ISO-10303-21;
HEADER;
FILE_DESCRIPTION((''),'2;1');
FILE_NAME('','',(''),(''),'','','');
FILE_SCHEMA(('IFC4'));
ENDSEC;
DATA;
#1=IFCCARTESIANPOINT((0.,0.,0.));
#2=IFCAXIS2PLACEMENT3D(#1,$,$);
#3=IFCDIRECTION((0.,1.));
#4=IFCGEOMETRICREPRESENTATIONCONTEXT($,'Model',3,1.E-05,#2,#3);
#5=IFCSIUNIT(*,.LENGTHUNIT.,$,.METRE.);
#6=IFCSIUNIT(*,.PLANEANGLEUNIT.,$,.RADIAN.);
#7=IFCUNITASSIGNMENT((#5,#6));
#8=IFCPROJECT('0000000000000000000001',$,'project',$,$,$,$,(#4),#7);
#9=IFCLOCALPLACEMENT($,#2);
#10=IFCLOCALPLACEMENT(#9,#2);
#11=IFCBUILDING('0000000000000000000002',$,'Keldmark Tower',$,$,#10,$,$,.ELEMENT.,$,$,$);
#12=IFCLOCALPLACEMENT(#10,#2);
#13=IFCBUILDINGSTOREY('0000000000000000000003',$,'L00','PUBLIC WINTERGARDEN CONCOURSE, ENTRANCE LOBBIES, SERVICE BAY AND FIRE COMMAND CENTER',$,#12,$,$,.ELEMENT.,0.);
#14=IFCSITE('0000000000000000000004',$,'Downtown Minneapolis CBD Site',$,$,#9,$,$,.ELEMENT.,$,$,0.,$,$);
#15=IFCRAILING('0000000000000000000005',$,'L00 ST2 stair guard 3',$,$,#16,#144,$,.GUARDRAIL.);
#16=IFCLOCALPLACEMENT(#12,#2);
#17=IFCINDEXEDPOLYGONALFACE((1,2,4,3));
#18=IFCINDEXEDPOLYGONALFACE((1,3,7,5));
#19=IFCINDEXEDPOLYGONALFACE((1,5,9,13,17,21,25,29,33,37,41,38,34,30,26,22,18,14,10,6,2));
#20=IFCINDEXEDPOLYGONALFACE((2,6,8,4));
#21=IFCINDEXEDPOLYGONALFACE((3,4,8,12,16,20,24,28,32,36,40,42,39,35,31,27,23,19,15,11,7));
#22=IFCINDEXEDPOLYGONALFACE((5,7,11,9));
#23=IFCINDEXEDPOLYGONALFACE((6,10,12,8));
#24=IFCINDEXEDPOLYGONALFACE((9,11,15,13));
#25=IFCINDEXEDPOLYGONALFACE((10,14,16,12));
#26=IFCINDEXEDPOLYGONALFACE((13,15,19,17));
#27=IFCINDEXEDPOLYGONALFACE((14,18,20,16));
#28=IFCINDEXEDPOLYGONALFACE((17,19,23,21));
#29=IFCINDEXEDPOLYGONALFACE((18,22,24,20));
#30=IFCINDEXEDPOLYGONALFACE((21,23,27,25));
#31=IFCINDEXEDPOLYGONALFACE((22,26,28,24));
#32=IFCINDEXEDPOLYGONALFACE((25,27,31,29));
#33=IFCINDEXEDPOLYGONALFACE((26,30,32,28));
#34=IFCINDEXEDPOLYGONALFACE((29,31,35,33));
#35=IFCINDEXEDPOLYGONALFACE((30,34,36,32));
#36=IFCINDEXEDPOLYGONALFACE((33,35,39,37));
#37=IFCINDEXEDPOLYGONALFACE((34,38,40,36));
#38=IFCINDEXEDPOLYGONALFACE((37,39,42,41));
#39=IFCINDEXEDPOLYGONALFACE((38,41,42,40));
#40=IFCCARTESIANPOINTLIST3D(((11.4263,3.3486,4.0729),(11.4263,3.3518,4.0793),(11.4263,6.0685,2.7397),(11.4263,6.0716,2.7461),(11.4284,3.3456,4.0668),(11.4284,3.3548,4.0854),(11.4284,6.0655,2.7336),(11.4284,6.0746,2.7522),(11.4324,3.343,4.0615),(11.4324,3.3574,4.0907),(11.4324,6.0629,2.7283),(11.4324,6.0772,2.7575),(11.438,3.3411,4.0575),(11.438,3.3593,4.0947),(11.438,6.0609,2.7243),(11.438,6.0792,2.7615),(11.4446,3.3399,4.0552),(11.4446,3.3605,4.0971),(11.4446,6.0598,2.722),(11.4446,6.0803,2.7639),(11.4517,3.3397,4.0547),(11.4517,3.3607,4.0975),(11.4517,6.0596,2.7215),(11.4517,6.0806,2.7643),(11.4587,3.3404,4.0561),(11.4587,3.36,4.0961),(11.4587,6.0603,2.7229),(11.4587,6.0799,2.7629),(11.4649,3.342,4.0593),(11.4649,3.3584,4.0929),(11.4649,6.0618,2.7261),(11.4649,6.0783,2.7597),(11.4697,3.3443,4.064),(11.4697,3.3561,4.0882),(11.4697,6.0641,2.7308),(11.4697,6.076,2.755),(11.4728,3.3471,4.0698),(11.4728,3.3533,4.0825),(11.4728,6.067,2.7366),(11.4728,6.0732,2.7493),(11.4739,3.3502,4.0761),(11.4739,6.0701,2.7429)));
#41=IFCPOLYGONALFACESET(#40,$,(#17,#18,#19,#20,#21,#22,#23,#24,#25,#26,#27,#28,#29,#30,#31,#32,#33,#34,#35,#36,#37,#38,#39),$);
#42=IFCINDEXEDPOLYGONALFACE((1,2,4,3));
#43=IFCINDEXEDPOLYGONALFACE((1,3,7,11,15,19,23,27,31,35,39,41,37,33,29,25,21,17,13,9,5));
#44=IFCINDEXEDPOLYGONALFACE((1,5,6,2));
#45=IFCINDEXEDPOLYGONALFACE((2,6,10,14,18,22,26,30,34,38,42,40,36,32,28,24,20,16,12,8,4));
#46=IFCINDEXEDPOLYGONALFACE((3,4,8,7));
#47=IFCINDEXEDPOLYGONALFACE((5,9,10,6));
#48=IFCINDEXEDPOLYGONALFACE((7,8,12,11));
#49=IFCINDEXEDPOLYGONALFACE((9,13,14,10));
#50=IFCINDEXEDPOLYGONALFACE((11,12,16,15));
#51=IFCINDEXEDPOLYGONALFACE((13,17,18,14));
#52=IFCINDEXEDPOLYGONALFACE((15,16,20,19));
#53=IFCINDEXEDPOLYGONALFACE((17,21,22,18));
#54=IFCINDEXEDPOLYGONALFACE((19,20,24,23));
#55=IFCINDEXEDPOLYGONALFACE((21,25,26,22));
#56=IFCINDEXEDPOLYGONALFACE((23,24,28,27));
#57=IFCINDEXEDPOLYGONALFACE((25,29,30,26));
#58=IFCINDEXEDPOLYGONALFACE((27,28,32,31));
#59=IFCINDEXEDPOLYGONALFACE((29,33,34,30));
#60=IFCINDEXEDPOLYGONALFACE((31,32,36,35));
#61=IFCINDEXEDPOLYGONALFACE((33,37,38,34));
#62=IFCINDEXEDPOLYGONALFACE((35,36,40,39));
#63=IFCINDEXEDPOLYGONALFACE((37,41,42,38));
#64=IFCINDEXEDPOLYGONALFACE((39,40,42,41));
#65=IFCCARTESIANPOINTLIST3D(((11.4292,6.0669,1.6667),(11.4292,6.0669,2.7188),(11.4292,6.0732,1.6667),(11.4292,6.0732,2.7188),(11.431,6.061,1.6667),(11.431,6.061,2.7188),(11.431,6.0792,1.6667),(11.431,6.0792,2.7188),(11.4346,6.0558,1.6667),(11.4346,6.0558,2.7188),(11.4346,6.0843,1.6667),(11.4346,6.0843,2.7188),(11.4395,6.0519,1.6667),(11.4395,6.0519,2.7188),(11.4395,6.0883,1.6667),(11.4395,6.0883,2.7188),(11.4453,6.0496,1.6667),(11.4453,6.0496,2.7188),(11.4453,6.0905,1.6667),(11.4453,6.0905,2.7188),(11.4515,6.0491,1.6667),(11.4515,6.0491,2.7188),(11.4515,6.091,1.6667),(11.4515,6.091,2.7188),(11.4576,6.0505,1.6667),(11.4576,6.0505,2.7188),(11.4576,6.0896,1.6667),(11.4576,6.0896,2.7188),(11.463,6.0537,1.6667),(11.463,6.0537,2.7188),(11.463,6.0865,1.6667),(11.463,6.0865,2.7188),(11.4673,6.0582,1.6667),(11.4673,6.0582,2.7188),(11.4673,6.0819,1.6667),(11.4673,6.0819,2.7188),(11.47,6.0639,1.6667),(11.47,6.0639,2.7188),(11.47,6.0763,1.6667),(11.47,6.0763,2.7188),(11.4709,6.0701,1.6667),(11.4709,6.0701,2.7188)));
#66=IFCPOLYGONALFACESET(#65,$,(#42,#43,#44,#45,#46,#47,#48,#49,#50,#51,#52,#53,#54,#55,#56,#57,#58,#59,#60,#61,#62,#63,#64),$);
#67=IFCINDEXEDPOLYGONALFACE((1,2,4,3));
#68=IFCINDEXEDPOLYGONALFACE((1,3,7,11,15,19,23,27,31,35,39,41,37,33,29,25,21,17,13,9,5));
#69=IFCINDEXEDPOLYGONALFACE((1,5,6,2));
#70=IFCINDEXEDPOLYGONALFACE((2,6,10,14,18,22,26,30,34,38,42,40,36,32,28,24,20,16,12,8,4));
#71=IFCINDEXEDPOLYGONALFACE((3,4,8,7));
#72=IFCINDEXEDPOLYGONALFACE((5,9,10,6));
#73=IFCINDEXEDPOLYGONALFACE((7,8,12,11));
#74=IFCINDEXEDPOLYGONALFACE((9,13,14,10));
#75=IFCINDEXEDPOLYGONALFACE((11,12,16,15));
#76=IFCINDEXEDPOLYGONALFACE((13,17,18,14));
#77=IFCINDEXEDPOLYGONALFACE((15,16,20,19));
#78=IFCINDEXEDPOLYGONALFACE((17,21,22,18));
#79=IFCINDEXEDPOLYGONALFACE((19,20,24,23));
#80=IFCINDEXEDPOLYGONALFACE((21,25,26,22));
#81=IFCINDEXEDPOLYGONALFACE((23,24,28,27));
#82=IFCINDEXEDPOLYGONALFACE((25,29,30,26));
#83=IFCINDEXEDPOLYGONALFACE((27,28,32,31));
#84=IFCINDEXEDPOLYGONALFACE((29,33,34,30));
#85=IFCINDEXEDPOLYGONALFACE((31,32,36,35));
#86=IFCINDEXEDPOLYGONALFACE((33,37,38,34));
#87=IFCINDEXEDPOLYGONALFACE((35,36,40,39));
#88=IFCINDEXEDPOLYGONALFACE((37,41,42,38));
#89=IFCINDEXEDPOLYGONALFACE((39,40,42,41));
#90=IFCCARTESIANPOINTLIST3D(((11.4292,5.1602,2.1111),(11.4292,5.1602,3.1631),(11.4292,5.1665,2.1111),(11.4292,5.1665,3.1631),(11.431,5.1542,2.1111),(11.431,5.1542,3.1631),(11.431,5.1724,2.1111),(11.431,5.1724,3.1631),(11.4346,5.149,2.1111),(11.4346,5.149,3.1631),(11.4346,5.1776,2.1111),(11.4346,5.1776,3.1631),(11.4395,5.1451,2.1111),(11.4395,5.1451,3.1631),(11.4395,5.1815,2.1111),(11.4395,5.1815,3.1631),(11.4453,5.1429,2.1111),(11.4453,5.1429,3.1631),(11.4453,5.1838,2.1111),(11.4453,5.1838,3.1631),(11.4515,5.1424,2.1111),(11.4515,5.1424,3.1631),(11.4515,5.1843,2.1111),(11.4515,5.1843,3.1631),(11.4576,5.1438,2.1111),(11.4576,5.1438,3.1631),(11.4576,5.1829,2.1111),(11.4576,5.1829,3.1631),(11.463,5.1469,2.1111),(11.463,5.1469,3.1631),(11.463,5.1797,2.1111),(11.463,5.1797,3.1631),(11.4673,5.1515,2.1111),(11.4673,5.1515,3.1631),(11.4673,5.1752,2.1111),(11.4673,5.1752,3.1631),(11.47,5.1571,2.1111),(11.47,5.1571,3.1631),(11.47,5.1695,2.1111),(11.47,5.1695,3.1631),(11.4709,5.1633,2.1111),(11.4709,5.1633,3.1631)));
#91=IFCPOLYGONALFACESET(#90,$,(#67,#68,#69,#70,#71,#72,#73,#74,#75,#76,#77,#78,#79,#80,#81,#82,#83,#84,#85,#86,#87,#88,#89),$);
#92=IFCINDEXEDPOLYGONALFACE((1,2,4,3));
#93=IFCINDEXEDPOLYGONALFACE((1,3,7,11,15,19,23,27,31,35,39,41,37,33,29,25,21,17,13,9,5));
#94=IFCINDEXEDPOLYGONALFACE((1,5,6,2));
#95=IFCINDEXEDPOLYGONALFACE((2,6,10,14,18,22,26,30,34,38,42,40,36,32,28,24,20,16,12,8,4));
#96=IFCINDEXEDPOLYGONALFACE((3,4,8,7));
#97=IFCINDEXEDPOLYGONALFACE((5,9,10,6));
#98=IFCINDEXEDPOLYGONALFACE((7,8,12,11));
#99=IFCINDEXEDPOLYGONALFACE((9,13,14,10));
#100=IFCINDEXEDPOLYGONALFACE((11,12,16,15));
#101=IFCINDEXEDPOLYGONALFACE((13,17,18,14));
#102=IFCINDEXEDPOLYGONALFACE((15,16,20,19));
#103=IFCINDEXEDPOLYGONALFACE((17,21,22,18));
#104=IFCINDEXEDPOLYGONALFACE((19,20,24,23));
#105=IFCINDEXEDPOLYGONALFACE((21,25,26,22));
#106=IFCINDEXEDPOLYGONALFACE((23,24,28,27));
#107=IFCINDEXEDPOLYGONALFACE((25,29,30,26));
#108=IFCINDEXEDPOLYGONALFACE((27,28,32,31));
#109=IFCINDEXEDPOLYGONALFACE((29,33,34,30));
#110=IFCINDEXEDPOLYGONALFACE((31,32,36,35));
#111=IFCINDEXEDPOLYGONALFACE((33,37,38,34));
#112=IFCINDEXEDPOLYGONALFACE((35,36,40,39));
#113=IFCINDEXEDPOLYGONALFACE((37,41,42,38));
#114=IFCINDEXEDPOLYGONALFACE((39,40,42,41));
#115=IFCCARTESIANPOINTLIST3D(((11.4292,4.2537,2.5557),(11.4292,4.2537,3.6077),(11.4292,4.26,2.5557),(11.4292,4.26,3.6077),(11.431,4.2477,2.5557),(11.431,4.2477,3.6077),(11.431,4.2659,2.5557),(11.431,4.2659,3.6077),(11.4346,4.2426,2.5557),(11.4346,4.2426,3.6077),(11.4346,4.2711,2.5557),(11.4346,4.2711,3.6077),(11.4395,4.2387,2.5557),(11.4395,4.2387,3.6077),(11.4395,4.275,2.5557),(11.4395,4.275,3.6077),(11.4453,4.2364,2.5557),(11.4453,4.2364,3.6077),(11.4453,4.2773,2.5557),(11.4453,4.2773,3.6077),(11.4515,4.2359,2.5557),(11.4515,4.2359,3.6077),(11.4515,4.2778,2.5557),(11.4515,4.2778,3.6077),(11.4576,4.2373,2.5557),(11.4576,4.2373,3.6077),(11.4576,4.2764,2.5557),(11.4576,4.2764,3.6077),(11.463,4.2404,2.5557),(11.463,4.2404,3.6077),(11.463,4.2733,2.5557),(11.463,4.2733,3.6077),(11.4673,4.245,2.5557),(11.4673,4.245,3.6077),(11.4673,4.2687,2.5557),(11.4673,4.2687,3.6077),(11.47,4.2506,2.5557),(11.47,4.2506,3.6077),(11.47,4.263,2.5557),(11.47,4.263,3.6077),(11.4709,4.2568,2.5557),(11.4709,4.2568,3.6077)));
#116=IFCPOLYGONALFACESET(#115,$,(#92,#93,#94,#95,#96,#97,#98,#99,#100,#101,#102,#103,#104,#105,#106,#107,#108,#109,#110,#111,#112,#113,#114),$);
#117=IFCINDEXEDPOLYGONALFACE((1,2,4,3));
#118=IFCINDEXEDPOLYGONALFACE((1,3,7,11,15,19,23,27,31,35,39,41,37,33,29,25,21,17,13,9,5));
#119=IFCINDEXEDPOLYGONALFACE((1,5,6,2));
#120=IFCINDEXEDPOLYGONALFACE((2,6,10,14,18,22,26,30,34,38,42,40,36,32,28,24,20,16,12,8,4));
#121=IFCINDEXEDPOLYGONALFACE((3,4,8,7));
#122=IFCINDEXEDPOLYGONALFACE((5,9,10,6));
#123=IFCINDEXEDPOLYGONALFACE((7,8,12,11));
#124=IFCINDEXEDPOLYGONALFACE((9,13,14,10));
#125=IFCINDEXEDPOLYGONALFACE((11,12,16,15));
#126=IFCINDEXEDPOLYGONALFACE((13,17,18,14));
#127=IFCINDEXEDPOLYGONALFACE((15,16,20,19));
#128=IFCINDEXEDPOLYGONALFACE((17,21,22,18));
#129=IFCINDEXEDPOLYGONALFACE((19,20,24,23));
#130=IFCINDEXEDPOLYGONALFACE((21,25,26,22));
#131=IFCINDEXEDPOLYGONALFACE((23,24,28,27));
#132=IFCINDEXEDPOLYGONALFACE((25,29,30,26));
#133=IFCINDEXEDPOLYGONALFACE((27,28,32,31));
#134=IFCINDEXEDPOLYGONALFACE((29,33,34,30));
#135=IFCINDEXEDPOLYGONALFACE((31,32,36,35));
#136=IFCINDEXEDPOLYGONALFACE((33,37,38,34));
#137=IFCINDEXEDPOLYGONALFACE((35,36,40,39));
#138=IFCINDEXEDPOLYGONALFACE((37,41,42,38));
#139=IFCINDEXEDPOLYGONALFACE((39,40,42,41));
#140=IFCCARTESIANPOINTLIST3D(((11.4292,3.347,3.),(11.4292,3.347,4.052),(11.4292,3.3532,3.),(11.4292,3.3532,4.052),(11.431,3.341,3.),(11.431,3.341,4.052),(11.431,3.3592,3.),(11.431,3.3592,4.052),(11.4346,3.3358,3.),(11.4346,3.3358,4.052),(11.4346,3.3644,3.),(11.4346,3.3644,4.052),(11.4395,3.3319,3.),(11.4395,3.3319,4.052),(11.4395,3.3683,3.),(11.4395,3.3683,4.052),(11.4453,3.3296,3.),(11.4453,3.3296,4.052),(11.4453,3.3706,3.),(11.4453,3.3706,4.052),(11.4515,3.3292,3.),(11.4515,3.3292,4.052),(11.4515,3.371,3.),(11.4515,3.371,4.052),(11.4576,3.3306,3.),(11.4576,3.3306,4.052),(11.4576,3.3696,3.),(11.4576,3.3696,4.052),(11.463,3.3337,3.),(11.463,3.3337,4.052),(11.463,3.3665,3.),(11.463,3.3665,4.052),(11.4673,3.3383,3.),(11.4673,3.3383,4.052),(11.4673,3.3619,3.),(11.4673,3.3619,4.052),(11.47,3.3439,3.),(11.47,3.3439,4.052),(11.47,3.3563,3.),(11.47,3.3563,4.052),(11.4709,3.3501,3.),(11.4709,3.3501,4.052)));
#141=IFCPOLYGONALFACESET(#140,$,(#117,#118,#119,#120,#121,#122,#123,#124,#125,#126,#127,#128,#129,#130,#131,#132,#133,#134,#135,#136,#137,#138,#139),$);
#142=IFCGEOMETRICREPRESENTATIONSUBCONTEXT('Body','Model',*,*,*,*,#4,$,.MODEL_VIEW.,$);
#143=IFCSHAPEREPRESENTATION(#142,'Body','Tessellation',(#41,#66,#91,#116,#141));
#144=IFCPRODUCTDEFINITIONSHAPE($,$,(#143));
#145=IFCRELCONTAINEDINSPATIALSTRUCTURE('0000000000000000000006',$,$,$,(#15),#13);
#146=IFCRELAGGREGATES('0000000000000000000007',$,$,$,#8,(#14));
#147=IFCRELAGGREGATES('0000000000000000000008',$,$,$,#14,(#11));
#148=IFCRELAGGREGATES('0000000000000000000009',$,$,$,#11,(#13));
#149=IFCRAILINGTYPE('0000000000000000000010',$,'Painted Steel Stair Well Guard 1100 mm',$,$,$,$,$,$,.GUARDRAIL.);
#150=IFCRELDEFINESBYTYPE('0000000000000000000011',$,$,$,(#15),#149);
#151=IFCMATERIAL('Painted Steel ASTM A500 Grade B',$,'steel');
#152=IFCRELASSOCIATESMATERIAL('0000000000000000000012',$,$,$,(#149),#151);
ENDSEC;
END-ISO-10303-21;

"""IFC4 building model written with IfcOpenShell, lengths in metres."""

from ifc_helpers import new_model, si_unit, direction, frame, origin, origin_2d, place, context, subcontext, project, spatial, circle, extrude, material, type_object, element, save


model = new_model("IFC4")

# Units and contexts
model_context = context("Model", 3, precision=1e-05, world=origin(), true_north=direction((0.0, 1.0)))
body_context = subcontext(model_context, "Body", "Model", "MODEL_VIEW")
ifc_project = project(units=[si_unit("LENGTHUNIT", "METRE"), si_unit("PLANEANGLEUNIT", "RADIAN")], contexts=[model_context])

# Site, building, storey
site_placement = place(None, origin())
site = spatial("IfcSite", under=ifc_project, at=site_placement, Name="Downtown Minneapolis CBD Site", CompositionType="ELEMENT", RefElevation=0.0)
building_placement = place(site_placement, origin())
building = spatial("IfcBuilding", under=site, at=building_placement, Name="Keldmark Tower", CompositionType="ELEMENT")
storey_placement = place(building_placement, origin())
storey = spatial("IfcBuildingStorey", under=building, at=storey_placement, Name="L00", Description="PUBLIC WINTERGARDEN CONCOURSE, ENTRANCE LOBBIES, SERVICE BAY AND FIRE COMMAND CENTER", CompositionType="ELEMENT", Elevation=0.0)

# Railing
ifc_material_1 = material(Name="Painted Steel ASTM A500 Grade B", Category="steel")
railing_type_1 = type_object("IfcRailingType", Name="Painted Steel Stair Well Guard 1100 mm", PredefinedType="GUARDRAIL", material=ifc_material_1)
railing_1_placement = place(storey_placement, frame((11.45, 6.0701, 1.6667)))
element("IfcRailing", 1, at=railing_1_placement, inside=storey, type_object=railing_type_1, Name="L00 ST2 stair guard 3", PredefinedType="GUARDRAIL", context=body_context, shape_type="SweptSolid", body=[
    extrude(circle(Radius=0.0239, at=origin_2d()), frame((0.0, 0.0, 1.0762), z_axis=(0.0, -0.897929, 0.440139), x_axis=(1.0, 0.0, 0.0)), (0.0, 0.0, 1.0), 3.0291),
    extrude(circle(Radius=0.021, at=origin_2d()), origin(), (0.0, 0.0, 1.0), 1.052),
    extrude(circle(Radius=0.021, at=origin_2d()), frame((0.0, -0.9067, 0.4443)), (0.0, 0.0, 1.0), 1.052),
    extrude(circle(Radius=0.021, at=origin_2d()), frame((0.0, -1.8132, 0.8889)), (0.0, 0.0, 1.0), 1.052),
    extrude(circle(Radius=0.021, at=origin_2d()), frame((0.0, -2.72, 1.3333)), (0.0, 0.0, 1.0), 1.052),
])

save(model, "model.ifc")
